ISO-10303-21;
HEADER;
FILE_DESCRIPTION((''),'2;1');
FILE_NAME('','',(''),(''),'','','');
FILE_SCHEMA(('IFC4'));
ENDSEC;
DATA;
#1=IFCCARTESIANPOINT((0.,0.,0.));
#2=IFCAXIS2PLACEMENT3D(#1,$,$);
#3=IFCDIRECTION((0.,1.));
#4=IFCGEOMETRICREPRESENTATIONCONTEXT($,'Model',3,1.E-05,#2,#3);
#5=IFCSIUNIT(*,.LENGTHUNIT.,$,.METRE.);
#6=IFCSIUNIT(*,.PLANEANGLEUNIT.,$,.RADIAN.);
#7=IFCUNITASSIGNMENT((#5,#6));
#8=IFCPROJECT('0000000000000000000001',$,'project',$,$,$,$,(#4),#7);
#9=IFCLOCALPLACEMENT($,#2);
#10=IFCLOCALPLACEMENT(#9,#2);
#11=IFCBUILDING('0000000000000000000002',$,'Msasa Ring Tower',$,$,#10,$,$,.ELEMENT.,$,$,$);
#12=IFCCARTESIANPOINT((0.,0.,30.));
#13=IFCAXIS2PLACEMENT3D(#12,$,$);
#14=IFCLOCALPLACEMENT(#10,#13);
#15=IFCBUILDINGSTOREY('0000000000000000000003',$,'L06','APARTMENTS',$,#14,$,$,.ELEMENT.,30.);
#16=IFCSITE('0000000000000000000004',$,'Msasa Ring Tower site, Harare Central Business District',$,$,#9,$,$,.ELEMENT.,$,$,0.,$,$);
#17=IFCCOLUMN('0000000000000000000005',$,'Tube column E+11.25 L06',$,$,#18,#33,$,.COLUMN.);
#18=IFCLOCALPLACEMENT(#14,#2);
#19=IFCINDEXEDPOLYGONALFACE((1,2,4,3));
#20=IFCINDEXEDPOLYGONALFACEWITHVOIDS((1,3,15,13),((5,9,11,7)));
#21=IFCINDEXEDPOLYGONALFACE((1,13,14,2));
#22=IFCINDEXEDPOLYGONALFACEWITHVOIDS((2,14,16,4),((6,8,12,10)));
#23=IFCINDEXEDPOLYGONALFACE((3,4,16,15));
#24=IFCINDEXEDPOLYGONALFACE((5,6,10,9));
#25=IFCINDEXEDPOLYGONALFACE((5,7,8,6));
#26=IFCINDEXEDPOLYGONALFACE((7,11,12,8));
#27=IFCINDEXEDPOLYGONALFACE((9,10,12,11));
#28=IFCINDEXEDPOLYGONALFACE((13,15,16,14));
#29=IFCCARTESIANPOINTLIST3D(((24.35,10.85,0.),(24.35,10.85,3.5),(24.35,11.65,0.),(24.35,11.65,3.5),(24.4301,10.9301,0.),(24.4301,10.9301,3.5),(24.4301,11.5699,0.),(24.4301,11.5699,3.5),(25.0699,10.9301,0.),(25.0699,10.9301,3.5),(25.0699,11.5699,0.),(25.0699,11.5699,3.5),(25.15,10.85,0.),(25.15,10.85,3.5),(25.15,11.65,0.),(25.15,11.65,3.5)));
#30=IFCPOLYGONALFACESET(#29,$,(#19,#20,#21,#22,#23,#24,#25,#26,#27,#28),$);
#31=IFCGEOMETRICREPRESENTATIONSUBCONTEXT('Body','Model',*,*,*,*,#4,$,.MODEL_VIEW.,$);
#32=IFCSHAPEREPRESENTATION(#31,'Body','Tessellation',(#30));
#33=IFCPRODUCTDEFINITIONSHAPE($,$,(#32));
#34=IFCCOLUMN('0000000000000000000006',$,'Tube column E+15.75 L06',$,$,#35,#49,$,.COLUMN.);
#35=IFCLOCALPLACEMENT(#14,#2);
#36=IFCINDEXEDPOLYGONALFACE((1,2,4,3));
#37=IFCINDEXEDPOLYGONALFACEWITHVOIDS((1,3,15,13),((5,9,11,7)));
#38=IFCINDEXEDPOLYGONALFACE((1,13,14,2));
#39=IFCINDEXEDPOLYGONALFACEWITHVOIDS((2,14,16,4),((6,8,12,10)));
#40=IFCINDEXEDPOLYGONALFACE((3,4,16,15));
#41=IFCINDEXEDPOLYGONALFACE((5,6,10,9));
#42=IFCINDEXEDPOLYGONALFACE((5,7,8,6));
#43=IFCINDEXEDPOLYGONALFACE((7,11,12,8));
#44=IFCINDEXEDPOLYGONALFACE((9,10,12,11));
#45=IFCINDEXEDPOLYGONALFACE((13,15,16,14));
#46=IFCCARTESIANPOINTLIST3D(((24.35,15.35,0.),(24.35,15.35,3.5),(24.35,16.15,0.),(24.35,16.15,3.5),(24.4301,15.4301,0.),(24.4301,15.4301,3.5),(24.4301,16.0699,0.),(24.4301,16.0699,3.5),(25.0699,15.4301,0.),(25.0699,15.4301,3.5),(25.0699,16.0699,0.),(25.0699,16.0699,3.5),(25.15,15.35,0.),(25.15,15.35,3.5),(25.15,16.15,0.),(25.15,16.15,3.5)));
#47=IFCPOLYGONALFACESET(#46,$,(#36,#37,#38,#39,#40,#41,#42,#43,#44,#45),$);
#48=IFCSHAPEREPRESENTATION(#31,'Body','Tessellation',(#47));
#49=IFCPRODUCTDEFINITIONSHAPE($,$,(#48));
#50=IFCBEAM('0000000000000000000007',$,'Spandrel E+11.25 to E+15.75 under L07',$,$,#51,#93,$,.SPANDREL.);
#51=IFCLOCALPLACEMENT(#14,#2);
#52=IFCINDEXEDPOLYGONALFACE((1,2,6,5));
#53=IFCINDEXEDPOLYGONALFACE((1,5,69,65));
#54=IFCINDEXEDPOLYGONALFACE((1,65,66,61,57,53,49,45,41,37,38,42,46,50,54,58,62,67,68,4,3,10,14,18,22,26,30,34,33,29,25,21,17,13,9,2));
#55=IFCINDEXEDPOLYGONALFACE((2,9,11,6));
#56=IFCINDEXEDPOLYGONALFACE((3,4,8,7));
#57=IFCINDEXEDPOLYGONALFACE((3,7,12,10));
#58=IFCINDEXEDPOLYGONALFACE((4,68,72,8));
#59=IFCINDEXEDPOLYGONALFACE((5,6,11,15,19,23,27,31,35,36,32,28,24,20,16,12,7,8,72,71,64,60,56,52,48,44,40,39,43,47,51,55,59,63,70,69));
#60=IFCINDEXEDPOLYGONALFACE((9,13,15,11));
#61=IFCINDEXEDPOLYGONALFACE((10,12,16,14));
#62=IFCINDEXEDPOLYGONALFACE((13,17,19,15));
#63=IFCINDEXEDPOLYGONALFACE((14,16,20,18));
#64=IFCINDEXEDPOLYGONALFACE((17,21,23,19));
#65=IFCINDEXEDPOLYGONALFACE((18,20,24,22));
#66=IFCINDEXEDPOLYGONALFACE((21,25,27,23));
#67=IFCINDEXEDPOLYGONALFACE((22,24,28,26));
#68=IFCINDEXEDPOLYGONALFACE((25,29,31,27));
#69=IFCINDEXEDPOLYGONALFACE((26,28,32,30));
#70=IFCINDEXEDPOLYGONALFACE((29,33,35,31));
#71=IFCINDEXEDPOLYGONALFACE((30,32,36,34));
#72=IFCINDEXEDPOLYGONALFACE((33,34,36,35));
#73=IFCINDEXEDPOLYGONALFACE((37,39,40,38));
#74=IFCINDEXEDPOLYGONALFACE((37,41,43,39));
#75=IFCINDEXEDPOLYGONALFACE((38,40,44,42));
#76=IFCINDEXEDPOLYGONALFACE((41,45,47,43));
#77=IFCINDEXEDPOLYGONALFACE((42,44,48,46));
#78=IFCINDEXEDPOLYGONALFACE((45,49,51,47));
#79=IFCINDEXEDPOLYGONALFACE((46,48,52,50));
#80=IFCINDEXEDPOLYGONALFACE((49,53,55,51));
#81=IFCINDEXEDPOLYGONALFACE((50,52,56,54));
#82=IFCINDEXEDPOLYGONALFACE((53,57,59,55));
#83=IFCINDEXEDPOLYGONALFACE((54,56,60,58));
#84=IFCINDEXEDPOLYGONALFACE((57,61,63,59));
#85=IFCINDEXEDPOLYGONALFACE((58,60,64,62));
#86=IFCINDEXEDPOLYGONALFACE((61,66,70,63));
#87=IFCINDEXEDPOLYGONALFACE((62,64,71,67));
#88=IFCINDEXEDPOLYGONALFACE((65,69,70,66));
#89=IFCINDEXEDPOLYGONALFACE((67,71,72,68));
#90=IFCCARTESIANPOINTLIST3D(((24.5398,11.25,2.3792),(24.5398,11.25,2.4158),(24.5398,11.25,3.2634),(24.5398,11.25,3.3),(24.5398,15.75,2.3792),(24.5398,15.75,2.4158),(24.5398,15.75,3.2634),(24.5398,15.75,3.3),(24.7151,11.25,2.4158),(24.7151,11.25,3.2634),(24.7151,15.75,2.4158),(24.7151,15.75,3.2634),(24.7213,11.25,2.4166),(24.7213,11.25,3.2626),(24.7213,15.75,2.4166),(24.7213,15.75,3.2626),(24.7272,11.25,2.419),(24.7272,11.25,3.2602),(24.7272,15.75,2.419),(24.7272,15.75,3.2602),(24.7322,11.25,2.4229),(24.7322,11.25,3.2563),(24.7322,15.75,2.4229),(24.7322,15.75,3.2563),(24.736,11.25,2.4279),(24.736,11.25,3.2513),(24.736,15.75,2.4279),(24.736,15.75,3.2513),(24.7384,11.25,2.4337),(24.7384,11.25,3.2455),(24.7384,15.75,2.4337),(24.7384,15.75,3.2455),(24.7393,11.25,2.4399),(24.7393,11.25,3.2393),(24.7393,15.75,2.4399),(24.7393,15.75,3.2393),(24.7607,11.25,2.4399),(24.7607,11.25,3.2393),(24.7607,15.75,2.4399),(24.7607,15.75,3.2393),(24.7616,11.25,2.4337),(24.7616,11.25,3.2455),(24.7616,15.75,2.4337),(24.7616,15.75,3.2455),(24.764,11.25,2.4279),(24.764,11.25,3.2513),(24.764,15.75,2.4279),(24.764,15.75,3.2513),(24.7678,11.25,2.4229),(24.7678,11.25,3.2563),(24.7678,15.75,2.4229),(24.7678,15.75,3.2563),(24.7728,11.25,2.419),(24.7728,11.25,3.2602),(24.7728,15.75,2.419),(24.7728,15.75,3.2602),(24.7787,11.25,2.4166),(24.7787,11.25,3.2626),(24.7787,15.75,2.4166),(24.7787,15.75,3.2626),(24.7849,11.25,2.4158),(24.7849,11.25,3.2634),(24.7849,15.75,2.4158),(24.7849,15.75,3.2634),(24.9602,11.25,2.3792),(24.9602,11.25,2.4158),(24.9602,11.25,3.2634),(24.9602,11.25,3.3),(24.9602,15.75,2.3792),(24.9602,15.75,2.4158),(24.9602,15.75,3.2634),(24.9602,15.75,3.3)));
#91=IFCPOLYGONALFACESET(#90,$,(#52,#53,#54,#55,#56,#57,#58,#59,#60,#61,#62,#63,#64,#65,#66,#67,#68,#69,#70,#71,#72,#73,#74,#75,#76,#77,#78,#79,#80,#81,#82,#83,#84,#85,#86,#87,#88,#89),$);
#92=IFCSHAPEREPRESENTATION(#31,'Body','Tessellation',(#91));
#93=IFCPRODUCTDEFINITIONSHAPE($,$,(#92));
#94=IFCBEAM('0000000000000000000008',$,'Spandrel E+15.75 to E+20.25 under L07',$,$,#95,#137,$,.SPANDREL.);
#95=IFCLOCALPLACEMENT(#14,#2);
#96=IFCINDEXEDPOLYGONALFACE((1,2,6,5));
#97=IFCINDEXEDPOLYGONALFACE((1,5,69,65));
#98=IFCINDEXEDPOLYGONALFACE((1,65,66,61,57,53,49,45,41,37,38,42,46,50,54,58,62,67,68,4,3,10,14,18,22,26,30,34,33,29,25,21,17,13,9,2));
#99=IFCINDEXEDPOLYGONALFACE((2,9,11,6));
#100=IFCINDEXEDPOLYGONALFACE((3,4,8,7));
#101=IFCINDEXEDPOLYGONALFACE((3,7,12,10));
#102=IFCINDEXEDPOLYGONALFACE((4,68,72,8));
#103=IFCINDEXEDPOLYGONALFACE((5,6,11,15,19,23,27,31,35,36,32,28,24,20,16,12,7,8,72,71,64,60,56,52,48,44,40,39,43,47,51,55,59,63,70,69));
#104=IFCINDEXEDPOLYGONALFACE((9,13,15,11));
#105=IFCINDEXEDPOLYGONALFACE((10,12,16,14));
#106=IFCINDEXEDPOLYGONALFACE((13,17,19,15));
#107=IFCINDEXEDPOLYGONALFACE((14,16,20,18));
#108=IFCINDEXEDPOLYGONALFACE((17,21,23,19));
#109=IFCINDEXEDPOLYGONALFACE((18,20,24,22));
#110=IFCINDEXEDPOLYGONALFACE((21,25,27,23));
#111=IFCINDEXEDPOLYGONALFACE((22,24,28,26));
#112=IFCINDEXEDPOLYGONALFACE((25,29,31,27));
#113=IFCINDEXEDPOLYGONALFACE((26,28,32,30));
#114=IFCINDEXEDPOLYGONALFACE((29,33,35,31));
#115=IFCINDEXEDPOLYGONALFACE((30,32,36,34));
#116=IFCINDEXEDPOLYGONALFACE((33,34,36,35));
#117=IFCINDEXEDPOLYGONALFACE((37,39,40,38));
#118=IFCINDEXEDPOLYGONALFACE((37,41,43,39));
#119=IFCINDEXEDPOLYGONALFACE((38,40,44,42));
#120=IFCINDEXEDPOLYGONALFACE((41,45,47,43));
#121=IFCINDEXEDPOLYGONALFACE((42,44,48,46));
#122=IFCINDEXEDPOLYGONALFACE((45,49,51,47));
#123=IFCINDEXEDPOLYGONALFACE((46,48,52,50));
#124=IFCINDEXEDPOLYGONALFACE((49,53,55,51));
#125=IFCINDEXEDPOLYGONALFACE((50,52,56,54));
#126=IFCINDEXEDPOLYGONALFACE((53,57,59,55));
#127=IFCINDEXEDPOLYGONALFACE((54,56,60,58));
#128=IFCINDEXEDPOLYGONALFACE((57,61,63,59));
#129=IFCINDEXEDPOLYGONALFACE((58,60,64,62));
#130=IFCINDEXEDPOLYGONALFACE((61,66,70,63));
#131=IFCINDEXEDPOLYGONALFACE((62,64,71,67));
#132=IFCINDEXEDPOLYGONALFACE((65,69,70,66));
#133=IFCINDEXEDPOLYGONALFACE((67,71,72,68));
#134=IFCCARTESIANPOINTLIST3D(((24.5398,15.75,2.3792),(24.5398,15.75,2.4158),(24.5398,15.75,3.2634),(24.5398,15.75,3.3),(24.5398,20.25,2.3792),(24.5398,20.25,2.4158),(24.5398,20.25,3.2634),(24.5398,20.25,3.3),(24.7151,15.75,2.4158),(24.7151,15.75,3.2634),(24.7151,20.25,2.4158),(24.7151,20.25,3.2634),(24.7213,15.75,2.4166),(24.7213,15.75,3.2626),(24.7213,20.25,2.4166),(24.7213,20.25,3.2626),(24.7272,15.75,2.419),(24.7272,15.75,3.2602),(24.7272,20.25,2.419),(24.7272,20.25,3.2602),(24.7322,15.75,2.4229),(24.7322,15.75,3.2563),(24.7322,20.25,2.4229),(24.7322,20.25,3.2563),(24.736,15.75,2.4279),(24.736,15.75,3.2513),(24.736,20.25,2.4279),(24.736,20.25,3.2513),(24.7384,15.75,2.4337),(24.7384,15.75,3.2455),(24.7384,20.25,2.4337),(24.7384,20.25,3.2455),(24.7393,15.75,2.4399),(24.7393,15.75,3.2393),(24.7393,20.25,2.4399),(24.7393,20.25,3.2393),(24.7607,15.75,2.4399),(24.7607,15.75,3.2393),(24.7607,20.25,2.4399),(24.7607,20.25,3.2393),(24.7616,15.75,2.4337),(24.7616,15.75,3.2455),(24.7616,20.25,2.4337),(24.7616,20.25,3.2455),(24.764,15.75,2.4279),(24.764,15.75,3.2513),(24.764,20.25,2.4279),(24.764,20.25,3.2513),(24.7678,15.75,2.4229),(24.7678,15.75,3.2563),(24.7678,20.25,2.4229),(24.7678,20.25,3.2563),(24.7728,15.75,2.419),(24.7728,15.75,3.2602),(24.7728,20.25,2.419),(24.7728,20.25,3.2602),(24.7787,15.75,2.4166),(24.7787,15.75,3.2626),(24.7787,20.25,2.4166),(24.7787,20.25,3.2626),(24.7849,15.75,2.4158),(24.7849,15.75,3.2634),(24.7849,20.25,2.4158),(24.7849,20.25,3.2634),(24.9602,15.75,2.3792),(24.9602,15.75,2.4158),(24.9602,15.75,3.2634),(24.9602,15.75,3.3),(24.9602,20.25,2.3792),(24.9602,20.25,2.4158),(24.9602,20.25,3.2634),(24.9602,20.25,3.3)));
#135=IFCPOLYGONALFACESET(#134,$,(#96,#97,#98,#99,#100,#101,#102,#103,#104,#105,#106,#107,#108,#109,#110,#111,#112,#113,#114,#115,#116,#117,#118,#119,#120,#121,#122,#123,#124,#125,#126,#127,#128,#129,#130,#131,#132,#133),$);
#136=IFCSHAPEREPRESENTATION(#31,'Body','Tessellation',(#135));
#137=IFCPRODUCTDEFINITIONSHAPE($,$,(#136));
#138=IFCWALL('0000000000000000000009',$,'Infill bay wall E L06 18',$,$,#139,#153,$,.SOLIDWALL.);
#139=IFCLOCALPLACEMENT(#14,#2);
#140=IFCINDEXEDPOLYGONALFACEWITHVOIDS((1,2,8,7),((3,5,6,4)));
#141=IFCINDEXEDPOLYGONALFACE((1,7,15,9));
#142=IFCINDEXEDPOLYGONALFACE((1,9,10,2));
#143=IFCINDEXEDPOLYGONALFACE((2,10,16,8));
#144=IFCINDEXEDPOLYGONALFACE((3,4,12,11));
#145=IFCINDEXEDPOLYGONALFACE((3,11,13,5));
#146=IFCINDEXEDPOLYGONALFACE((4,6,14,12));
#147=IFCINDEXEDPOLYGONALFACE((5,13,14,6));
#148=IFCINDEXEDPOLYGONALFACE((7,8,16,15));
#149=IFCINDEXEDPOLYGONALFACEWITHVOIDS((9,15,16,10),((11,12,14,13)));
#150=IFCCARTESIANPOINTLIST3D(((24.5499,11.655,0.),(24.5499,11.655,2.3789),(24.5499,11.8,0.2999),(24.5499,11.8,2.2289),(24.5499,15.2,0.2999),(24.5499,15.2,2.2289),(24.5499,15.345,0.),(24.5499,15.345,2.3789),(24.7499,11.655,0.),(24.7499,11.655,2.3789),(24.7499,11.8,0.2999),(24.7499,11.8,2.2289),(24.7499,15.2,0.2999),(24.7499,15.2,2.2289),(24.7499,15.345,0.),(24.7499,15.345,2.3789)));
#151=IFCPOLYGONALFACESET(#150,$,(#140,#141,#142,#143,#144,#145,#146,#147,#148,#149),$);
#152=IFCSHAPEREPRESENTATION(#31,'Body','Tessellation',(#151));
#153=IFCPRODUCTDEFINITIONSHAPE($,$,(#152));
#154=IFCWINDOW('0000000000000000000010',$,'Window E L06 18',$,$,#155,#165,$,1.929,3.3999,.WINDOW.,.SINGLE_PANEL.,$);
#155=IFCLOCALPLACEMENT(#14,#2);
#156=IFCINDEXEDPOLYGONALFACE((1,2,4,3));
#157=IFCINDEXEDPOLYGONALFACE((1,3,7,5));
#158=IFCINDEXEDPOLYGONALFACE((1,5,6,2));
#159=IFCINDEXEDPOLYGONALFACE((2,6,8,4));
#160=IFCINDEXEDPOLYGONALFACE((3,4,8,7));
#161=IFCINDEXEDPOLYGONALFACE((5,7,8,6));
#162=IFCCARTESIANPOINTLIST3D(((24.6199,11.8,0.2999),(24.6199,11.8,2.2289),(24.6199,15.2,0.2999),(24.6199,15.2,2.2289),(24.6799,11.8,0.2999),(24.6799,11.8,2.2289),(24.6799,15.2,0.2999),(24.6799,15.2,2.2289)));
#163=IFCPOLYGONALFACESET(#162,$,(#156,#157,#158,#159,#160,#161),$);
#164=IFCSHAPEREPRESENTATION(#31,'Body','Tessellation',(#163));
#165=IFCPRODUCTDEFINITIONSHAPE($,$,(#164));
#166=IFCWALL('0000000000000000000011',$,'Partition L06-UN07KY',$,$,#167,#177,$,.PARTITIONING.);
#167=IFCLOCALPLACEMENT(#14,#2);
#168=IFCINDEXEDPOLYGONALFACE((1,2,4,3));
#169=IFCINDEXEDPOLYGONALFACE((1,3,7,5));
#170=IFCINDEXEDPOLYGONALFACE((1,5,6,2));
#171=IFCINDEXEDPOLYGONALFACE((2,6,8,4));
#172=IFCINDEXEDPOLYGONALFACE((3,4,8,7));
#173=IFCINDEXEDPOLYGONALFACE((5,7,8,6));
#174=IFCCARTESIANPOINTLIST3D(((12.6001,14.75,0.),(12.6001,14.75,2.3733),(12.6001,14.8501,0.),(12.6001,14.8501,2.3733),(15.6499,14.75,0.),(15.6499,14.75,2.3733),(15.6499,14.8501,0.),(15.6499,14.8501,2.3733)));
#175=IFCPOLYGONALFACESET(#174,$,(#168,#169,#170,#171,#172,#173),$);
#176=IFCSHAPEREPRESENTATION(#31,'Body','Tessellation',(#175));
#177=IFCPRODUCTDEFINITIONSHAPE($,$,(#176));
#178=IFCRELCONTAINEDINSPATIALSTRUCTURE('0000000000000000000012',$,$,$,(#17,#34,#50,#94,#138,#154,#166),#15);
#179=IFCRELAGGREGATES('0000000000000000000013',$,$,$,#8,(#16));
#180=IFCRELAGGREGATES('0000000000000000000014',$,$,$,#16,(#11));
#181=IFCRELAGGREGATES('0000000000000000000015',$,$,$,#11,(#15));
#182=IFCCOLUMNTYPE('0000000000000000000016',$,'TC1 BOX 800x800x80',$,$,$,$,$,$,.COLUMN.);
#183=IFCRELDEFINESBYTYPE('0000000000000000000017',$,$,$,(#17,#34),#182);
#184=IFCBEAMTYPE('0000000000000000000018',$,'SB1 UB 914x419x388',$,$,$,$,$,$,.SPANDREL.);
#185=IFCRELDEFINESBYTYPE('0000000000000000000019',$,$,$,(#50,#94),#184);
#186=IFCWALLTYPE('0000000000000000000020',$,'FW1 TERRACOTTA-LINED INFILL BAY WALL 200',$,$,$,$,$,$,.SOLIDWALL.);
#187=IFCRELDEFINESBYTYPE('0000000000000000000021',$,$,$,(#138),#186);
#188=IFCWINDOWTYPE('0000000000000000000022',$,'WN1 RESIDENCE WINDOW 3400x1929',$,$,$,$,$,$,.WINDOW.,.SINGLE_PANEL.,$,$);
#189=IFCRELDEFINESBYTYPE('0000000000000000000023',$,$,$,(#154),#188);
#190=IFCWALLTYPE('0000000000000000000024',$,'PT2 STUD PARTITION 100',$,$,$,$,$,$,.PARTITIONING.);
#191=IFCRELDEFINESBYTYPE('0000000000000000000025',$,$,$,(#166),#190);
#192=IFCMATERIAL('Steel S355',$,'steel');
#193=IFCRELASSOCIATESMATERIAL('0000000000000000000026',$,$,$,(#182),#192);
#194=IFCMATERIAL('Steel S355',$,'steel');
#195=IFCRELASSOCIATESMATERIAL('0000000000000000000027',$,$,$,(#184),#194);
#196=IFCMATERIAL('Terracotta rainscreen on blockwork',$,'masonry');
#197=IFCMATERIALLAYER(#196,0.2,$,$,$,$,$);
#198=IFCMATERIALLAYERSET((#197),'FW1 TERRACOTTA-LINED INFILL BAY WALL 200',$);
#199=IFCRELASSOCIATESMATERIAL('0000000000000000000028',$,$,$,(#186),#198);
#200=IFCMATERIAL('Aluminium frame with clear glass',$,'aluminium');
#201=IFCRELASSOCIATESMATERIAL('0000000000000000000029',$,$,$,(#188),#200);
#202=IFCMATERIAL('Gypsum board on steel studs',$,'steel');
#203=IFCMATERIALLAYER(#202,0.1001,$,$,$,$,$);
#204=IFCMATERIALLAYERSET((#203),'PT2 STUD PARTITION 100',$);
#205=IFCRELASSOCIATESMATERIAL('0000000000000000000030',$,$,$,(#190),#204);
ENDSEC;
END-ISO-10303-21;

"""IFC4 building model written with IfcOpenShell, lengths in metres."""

from ifc_helpers import new_model, si_unit, direction, frame, frame_2d, origin, origin_2d, place, context, subcontext, project, spatial, rectangle, hollow_rectangle, i_section, extrude, material, layer, layer_set, material_profile, profile_set, type_object, element, fill, save


model = new_model("IFC4")

# Units and contexts
model_context = context("Model", 3, precision=1e-05, world=origin(), true_north=direction((0.0, 1.0)))
body_context = subcontext(model_context, "Body", "Model", "MODEL_VIEW")
ifc_project = project(units=[si_unit("LENGTHUNIT", "METRE"), si_unit("PLANEANGLEUNIT", "RADIAN")], contexts=[model_context])

# Site, building, storey
site_placement = place(None, origin())
site = spatial("IfcSite", under=ifc_project, at=site_placement, Name="Msasa Ring Tower site, Harare Central Business District", CompositionType="ELEMENT", RefElevation=0.0)
building_placement = place(site_placement, origin())
building = spatial("IfcBuilding", under=site, at=building_placement, Name="Msasa Ring Tower", CompositionType="ELEMENT")
storey_placement = place(building_placement, frame((0.0, 0.0, 30.0)))
storey = spatial("IfcBuildingStorey", under=building, at=storey_placement, Name="L06", Description="APARTMENTS", CompositionType="ELEMENT", Elevation=30.0)

# Columns
ifc_material_1 = material(Name="Steel S355", Category="steel")
ifc_material_profile_1 = material_profile(ifc_material_1, hollow_rectangle(XDim=0.8, YDim=0.8, WallThickness=0.0801, at=origin_2d()), Name="BOX 800x800x80")
ifc_profile_set_1 = profile_set([ifc_material_profile_1], Name="Steel S355")
column_type = type_object("IfcColumnType", Name="TC1 BOX 800x800x80", PredefinedType="COLUMN", material=ifc_profile_set_1)
for number, where, z_axis, x_axis, name in (
    (1, (24.75, 11.25, 0.0), (0.0, 0.0, 1.0), (1.0, 0.0, 0.0), "Tube column E+11.25 L06"),
    (2, (24.75, 15.75, 0.0), (0.0, 0.0, 1.0), (1.0, 0.0, 0.0), "Tube column E+15.75 L06"),
):
    element("IfcColumn", number, at=place(storey_placement, frame(where, z_axis=z_axis, x_axis=x_axis)), inside=storey, type_object=column_type, Name=name, PredefinedType="COLUMN", context=body_context, shape_type="SweptSolid", body=[
        extrude(hollow_rectangle(XDim=0.8, YDim=0.8, WallThickness=0.0801, at=origin_2d()), origin(), (0.0, 0.0, 1.0), 3.5),
    ])

# Beams
ifc_material_2 = material(Name="Steel S355", Category="steel")
ifc_material_profile_2 = material_profile(ifc_material_2, i_section(OverallWidth=0.4204, OverallDepth=0.9209, WebThickness=0.0215, FlangeThickness=0.0366, FilletRadius=0.0242, at=origin_2d()), Name="UB 914x419x388")
ifc_profile_set_2 = profile_set([ifc_material_profile_2], Name="Steel S355")
beam_type = type_object("IfcBeamType", Name="SB1 UB 914x419x388", PredefinedType="SPANDREL", material=ifc_profile_set_2)
for number, where, z_axis, x_axis, name in (
    (3, (24.75, 11.25, 2.8396), (0.0, 1.0, 0.0), (-1.0, 0.0, 0.0), "Spandrel E+11.25 to E+15.75 under L07"),
    (4, (24.75, 15.75, 2.8396), (0.0, 1.0, 0.0), (-1.0, 0.0, 0.0), "Spandrel E+15.75 to E+20.25 under L07"),
):
    element("IfcBeam", number, at=place(storey_placement, frame(where, z_axis=z_axis, x_axis=x_axis)), inside=storey, type_object=beam_type, Name=name, PredefinedType="SPANDREL", context=body_context, shape_type="SweptSolid", body=[
        extrude(i_section(OverallWidth=0.4204, OverallDepth=0.9209, WebThickness=0.0215, FlangeThickness=0.0366, FilletRadius=0.0242, at=origin_2d()), origin(), (0.0, 0.0, 1.0), 4.5),
    ])

# Wall, opening, window
ifc_material_3 = material(Name="Terracotta rainscreen on blockwork", Category="masonry")
ifc_layer_1 = layer(ifc_material_3, 0.2)
ifc_layer_set_1 = layer_set([ifc_layer_1], Name="FW1 TERRACOTTA-LINED INFILL BAY WALL 200")
wall_type_1 = type_object("IfcWallType", Name="FW1 TERRACOTTA-LINED INFILL BAY WALL 200", PredefinedType="SOLIDWALL", material=ifc_layer_set_1)
wall_1_placement = place(storey_placement, frame((24.6499, 11.655, 0.0), z_axis=(0.0, 0.0, 1.0), x_axis=(0.0, 1.0, 0.0)))
wall_1 = element("IfcWall", 5, at=wall_1_placement, inside=storey, type_object=wall_type_1, Name="Infill bay wall E L06 18", PredefinedType="SOLIDWALL", context=body_context, shape_type="SweptSolid", body=[
    extrude(rectangle(XDim=3.6899, YDim=0.2, at=frame_2d((1.845, 0.0))), origin(), (0.0, 0.0, 1.0), 2.3789),
])
opening_1_placement = place(wall_1_placement, frame((0.145, 0.0, 0.3)))
opening_1 = element("IfcOpeningElement", 6, at=opening_1_placement, cuts=wall_1, PredefinedType="OPENING", context=body_context, shape_type="SweptSolid", body=[
    extrude(rectangle(XDim=3.3999, YDim=1.929, at=frame_2d((1.7, 0.9644))), frame((0.0, 0.1099, 0.0), z_axis=(0.0, -1.0, 0.0), x_axis=(1.0, 0.0, 0.0)), (0.0, 0.0, 1.0), 0.22),
])
ifc_material_4 = material(Name="Aluminium frame with clear glass", Category="aluminium")
window_type = type_object("IfcWindowType", Name="WN1 RESIDENCE WINDOW 3400x1929", PartitioningType="SINGLE_PANEL", PredefinedType="WINDOW", material=ifc_material_4)
window_placement = place(opening_1_placement, origin())
window = element("IfcWindow", 7, at=window_placement, inside=storey, type_object=window_type, Name="Window E L06 18", OverallHeight=1.929, OverallWidth=3.3999, PartitioningType="SINGLE_PANEL", PredefinedType="WINDOW", context=body_context, shape_type="SweptSolid", body=[
    extrude(rectangle(XDim=3.3999, YDim=1.929, at=frame_2d((1.7, 0.9644))), frame((0.0, 0.03, 0.0), z_axis=(0.0, -1.0, 0.0), x_axis=(1.0, 0.0, 0.0)), (0.0, 0.0, 1.0), 0.0601),
])
fill(opening_1, window)

# Wall
ifc_material_5 = material(Name="Gypsum board on steel studs", Category="steel")
ifc_layer_2 = layer(ifc_material_5, 0.1001)
ifc_layer_set_2 = layer_set([ifc_layer_2], Name="PT2 STUD PARTITION 100")
wall_type_2 = type_object("IfcWallType", Name="PT2 STUD PARTITION 100", PredefinedType="PARTITIONING", material=ifc_layer_set_2)
wall_2_placement = place(storey_placement, frame((12.6001, 14.8, 0.0), z_axis=(0.0, 0.0, 1.0), x_axis=(1.0, 0.0, 0.0)))
element("IfcWall", 8, at=wall_2_placement, inside=storey, type_object=wall_type_2, Name="Partition L06-UN07KY", PredefinedType="PARTITIONING", context=body_context, shape_type="SweptSolid", body=[
    extrude(rectangle(XDim=3.0498, YDim=0.1001, at=frame_2d((1.5249, 0.0))), origin(), (0.0, 0.0, 1.0), 2.3733),
])

save(model, "model.ifc")
